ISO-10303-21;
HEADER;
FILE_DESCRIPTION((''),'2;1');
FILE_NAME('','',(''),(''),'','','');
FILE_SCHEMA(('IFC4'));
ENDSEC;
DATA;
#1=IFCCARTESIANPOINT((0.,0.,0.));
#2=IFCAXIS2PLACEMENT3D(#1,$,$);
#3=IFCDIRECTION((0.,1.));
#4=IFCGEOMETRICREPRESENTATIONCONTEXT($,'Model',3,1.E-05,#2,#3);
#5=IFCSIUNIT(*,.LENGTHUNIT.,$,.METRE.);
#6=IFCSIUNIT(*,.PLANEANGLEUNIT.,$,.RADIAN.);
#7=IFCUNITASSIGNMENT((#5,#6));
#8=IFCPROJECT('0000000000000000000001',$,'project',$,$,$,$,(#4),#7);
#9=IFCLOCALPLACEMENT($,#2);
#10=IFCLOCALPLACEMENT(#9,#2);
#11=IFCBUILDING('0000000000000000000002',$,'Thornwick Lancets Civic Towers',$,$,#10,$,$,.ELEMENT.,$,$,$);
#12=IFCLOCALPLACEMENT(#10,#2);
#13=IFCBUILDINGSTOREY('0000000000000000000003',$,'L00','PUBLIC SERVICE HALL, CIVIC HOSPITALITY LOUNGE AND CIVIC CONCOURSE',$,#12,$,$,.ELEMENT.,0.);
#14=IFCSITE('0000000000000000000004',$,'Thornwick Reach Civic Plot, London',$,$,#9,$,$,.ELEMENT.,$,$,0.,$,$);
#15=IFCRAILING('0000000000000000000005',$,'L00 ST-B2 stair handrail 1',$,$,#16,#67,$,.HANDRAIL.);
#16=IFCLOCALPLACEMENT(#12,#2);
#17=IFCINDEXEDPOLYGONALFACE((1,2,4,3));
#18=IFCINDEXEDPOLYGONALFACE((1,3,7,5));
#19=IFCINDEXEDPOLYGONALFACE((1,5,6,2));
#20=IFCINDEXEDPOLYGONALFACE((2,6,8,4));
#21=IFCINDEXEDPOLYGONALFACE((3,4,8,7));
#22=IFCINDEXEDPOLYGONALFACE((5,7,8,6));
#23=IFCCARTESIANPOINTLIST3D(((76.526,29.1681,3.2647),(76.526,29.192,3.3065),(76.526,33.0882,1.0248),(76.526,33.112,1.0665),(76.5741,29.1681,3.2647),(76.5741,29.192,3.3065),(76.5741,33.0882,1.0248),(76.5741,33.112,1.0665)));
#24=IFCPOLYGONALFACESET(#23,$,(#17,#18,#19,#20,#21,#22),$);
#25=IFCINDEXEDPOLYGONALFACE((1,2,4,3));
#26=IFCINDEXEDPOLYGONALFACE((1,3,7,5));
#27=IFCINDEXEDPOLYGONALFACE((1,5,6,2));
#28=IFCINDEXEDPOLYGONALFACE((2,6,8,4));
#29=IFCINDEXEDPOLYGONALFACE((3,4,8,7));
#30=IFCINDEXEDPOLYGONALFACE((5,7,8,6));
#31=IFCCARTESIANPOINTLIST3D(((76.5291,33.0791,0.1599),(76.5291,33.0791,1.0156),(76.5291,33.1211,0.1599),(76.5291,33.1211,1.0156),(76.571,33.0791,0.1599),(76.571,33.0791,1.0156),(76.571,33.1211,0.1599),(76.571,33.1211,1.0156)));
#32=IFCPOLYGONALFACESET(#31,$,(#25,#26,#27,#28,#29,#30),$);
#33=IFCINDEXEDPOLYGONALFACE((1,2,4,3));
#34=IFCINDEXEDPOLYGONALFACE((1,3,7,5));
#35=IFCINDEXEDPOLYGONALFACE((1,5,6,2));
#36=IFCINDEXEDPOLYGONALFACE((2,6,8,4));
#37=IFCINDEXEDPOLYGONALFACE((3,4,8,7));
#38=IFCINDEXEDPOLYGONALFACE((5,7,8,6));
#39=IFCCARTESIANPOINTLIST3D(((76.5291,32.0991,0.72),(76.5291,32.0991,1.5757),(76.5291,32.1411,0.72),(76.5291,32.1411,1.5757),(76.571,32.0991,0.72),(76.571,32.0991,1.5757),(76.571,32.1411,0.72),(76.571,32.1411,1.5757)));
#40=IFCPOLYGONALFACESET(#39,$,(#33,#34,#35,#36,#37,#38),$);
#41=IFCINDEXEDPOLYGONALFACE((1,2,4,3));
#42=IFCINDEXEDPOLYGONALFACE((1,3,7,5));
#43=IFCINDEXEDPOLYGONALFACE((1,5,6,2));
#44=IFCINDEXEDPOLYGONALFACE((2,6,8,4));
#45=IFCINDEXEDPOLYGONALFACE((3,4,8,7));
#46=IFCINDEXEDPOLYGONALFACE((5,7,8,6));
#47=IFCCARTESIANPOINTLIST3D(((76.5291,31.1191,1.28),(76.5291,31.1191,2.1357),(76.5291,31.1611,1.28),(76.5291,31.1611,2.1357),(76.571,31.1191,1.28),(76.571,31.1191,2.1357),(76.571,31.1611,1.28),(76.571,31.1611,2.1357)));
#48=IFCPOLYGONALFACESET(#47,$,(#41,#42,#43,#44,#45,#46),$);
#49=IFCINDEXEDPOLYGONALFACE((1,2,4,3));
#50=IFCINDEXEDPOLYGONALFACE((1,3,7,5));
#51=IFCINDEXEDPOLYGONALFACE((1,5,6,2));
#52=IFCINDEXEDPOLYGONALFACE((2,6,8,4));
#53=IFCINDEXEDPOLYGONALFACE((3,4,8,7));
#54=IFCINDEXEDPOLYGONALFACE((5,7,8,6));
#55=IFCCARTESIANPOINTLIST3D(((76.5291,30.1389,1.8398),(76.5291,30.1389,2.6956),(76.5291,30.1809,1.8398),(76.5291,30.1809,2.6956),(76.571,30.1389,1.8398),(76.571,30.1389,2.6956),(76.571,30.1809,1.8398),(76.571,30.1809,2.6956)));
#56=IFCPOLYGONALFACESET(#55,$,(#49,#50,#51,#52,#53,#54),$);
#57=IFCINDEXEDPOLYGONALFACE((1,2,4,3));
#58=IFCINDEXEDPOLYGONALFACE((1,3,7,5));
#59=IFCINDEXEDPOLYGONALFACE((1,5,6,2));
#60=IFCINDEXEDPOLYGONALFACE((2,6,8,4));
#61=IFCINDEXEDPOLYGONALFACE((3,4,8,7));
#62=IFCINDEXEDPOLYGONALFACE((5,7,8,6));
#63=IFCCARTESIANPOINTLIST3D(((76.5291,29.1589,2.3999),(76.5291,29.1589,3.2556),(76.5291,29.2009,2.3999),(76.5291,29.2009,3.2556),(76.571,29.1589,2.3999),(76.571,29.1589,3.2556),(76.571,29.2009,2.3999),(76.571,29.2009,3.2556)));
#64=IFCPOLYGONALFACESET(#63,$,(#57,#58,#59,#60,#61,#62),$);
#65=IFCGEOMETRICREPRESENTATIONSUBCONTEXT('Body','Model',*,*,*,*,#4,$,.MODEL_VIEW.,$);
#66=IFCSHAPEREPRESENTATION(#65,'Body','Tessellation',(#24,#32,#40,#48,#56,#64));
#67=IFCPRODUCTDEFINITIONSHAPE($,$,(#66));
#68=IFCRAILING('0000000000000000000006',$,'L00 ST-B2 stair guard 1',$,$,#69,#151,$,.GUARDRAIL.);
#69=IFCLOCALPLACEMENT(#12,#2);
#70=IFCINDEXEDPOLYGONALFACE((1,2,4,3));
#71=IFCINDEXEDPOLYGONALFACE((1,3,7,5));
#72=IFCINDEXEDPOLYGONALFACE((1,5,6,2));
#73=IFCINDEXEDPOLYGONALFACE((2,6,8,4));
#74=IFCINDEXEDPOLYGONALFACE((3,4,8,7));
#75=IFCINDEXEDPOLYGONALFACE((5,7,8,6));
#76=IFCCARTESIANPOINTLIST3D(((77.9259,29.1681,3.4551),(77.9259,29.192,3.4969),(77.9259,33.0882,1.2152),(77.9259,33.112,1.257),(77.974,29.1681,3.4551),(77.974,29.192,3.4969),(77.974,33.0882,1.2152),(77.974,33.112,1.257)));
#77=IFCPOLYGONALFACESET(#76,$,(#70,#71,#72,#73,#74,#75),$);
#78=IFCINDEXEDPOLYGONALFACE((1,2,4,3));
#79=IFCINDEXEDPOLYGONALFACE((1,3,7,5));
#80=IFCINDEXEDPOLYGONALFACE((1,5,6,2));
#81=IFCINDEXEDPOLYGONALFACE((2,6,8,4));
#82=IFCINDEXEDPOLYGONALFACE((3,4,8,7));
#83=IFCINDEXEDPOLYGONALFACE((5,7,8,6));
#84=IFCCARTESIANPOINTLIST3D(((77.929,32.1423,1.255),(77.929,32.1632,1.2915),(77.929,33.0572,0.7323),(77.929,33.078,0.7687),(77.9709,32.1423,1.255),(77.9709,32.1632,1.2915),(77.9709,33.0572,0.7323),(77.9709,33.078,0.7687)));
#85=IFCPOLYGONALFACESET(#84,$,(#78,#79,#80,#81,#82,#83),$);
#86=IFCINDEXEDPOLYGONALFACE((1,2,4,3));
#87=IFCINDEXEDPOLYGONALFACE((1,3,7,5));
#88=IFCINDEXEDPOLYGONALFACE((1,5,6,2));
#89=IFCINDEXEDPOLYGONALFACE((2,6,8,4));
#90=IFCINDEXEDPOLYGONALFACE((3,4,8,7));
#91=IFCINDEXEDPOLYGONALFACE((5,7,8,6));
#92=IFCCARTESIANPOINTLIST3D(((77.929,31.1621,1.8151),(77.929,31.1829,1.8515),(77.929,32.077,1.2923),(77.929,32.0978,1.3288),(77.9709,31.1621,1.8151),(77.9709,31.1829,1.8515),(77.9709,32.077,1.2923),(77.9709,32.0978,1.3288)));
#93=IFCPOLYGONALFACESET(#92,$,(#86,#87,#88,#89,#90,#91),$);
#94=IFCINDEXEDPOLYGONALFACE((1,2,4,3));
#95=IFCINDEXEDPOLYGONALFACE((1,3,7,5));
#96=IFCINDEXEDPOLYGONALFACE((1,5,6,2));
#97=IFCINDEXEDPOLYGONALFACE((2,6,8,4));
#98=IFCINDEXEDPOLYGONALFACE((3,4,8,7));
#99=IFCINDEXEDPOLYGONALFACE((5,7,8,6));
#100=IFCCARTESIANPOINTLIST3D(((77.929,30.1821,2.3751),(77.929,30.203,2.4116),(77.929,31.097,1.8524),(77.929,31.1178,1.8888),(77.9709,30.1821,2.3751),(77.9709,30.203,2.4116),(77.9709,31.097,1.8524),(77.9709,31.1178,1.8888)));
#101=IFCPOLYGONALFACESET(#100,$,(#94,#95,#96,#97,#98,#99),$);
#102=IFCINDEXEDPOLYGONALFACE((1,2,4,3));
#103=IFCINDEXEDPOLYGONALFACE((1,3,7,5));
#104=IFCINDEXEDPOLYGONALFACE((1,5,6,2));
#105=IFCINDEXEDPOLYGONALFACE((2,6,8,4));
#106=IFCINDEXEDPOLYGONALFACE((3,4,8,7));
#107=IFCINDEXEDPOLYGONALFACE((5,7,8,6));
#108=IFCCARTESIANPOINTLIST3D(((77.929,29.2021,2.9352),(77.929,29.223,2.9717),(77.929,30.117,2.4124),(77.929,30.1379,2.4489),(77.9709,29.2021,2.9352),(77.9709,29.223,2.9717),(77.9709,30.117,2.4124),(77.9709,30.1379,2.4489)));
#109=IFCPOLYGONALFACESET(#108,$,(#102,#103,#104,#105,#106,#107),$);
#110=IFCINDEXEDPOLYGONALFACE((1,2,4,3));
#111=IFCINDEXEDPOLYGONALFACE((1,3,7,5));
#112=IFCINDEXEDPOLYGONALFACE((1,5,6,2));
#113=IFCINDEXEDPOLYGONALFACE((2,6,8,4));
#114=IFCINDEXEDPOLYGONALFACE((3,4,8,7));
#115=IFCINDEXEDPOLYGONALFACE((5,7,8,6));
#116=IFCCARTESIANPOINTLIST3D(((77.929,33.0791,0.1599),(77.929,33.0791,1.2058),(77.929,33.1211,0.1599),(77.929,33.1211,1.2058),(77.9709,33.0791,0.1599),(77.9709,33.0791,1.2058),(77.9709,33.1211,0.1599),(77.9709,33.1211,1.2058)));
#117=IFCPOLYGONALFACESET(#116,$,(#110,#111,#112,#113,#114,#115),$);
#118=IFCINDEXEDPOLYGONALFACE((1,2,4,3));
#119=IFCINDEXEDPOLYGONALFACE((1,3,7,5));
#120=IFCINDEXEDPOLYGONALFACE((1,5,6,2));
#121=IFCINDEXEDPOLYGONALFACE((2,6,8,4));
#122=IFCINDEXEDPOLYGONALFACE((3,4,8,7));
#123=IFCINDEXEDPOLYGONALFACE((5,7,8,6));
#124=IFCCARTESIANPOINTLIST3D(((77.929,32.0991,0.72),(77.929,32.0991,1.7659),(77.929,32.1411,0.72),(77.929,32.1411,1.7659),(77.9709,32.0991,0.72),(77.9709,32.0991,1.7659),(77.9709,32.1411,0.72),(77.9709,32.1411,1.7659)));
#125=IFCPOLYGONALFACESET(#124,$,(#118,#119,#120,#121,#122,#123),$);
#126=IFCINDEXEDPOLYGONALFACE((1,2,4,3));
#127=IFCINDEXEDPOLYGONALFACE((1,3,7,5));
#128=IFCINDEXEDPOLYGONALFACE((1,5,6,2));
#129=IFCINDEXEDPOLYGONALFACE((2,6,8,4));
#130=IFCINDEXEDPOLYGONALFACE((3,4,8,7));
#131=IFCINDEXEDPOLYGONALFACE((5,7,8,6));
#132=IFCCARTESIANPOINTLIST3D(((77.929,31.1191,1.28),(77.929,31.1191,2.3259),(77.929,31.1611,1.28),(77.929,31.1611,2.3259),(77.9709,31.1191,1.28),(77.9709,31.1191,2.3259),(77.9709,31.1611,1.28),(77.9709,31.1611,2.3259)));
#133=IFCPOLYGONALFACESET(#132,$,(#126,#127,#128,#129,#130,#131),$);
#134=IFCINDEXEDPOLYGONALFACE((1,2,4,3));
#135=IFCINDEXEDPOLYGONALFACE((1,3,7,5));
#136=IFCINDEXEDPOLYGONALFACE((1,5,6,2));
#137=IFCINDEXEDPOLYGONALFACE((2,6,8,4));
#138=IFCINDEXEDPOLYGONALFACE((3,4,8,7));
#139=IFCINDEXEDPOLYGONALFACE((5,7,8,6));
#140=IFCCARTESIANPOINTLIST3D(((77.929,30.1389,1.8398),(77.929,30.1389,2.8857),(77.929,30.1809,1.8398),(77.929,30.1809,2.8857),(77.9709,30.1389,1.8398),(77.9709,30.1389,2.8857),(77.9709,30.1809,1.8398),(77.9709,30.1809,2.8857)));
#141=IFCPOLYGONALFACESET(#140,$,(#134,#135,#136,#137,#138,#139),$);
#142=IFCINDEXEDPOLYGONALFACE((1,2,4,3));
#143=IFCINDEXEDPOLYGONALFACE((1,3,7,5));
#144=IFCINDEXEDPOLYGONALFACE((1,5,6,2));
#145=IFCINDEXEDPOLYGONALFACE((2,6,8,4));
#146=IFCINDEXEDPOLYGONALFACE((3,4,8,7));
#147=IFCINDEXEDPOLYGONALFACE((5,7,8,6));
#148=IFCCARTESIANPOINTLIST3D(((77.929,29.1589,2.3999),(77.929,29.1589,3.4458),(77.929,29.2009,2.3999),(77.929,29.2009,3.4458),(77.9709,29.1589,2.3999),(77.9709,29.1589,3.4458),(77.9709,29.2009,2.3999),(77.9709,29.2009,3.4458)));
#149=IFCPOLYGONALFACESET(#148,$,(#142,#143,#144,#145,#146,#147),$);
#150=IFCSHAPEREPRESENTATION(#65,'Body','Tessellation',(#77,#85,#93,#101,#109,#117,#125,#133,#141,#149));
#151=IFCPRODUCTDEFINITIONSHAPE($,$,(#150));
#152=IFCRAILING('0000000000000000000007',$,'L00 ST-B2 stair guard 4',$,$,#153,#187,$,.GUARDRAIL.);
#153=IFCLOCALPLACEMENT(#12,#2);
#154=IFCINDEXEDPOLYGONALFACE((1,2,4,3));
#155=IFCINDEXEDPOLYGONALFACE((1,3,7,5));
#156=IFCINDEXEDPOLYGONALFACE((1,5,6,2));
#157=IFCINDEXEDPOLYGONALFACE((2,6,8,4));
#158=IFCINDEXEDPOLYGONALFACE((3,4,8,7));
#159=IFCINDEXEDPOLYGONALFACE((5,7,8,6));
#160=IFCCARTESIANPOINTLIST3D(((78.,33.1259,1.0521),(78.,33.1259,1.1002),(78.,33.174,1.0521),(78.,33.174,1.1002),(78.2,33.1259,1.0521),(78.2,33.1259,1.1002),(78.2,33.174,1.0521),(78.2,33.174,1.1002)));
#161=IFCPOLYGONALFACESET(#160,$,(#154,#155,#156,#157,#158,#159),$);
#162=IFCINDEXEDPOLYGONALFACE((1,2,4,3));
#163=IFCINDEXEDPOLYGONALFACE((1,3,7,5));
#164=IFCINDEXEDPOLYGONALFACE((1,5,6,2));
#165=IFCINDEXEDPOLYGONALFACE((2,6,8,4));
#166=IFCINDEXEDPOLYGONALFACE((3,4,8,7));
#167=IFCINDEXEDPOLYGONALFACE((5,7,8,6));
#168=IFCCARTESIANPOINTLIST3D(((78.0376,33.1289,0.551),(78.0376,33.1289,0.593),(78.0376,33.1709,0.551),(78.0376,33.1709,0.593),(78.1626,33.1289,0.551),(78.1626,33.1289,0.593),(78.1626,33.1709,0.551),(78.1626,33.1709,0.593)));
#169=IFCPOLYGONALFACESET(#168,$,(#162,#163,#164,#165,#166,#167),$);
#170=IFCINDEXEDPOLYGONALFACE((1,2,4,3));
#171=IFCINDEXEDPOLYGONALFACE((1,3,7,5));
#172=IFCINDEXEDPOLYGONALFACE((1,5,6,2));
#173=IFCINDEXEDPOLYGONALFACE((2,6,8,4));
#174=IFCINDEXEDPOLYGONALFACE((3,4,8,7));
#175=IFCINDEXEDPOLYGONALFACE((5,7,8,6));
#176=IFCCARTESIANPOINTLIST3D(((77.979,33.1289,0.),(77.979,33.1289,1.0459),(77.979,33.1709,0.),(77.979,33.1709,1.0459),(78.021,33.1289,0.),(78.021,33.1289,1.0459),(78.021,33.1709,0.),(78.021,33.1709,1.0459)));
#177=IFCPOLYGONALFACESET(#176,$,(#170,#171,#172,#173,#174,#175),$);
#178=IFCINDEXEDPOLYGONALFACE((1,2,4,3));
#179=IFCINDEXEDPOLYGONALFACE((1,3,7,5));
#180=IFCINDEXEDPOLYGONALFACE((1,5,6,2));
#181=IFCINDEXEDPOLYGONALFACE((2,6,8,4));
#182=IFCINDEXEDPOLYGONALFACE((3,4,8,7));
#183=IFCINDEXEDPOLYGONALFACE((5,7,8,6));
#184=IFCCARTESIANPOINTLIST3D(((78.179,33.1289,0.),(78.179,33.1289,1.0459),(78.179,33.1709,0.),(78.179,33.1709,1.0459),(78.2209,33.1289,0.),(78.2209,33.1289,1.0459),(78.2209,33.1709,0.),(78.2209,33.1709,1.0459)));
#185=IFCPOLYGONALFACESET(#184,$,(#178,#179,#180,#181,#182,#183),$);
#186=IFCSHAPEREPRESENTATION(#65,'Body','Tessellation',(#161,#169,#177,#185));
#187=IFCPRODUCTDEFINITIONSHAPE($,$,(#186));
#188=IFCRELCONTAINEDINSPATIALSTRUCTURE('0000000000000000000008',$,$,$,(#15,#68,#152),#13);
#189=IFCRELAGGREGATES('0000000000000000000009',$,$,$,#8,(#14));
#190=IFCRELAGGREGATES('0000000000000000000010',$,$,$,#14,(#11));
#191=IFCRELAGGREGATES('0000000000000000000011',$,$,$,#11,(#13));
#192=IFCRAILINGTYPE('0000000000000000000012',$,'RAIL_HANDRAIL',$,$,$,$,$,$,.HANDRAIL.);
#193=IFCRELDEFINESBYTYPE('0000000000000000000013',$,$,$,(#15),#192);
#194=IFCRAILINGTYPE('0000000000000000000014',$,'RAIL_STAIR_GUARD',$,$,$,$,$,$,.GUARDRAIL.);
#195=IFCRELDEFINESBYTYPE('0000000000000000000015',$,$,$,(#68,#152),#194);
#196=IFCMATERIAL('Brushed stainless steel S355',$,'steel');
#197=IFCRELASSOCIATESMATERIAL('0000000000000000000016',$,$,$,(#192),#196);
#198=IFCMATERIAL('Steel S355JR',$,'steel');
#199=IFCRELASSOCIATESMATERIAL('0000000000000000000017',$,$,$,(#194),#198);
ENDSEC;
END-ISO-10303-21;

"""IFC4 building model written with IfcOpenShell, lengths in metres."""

from ifc_helpers import new_model, si_unit, direction, frame, origin, origin_2d, place, context, subcontext, project, spatial, rectangle, extrude, material, type_object, element, save


model = new_model("IFC4")

# Units and contexts
model_context = context("Model", 3, precision=1e-05, world=origin(), true_north=direction((0.0, 1.0)))
body_context = subcontext(model_context, "Body", "Model", "MODEL_VIEW")
ifc_project = project(units=[si_unit("LENGTHUNIT", "METRE"), si_unit("PLANEANGLEUNIT", "RADIAN")], contexts=[model_context])

# Site, building, storey
site_placement = place(None, origin())
site = spatial("IfcSite", under=ifc_project, at=site_placement, Name="Thornwick Reach Civic Plot, London", CompositionType="ELEMENT", RefElevation=0.0)
building_placement = place(site_placement, origin())
building = spatial("IfcBuilding", under=site, at=building_placement, Name="Thornwick Lancets Civic Towers", CompositionType="ELEMENT")
storey_placement = place(building_placement, origin())
storey = spatial("IfcBuildingStorey", under=building, at=storey_placement, Name="L00", Description="PUBLIC SERVICE HALL, CIVIC HOSPITALITY LOUNGE AND CIVIC CONCOURSE", CompositionType="ELEMENT", Elevation=0.0)

# Shared definitions
ifc_material_1 = material(Name="Steel S355JR", Category="steel")

# Railings
ifc_material_2 = material(Name="Brushed stainless steel S355", Category="steel")
railing_type_1 = type_object("IfcRailingType", Name="RAIL_HANDRAIL", PredefinedType="HANDRAIL", material=ifc_material_2)
railing_1_placement = place(storey_placement, frame((76.55, 33.1001, 0.1599)))
element("IfcRailing", 1, at=railing_1_placement, inside=storey, type_object=railing_type_1, Name="L00 ST-B2 stair handrail 1", PredefinedType="HANDRAIL", context=body_context, shape_type="SweptSolid", body=[
    extrude(rectangle(XDim=0.0481, YDim=0.0481, at=origin_2d()), frame((0.0, 0.0, 0.8857), z_axis=(0.0, -0.868253, 0.496121), x_axis=(1.0, 0.0, 0.0)), (0.0, 0.0, 1.0), 4.5149),
    extrude(rectangle(XDim=0.042, YDim=0.042, at=origin_2d()), origin(), (0.0, 0.0, 1.0), 0.8557),
    extrude(rectangle(XDim=0.042, YDim=0.042, at=origin_2d()), frame((0.0, -0.98, 0.5601)), (0.0, 0.0, 1.0), 0.8557),
    extrude(rectangle(XDim=0.042, YDim=0.042, at=origin_2d()), frame((0.0, -1.96, 1.1201)), (0.0, 0.0, 1.0), 0.8557),
    extrude(rectangle(XDim=0.042, YDim=0.042, at=origin_2d()), frame((0.0, -2.9402, 1.6799)), (0.0, 0.0, 1.0), 0.8557),
    extrude(rectangle(XDim=0.042, YDim=0.042, at=origin_2d()), frame((0.0, -3.9202, 2.24)), (0.0, 0.0, 1.0), 0.8557),
])
railing_type_2 = type_object("IfcRailingType", Name="RAIL_STAIR_GUARD", PredefinedType="GUARDRAIL", material=ifc_material_1)
railing_2_placement = place(storey_placement, frame((77.95, 33.1001, 0.1599)))
element("IfcRailing", 2, at=railing_2_placement, inside=storey, type_object=railing_type_2, Name="L00 ST-B2 stair guard 1", PredefinedType="GUARDRAIL", context=body_context, shape_type="SweptSolid", body=[
    extrude(rectangle(XDim=0.0481, YDim=0.0481, at=origin_2d()), frame((0.0, 0.0, 1.0762), z_axis=(0.0, -0.868253, 0.496121), x_axis=(1.0, 0.0, 0.0)), (0.0, 0.0, 1.0), 4.5149),
    extrude(rectangle(XDim=0.042, YDim=0.042, at=origin_2d()), frame((0.0, -0.0325, 0.5906), z_axis=(0.0, -0.868253, 0.496121), x_axis=(1.0, 0.0, 0.0)), (0.0, 0.0, 1.0), 1.0537),
    extrude(rectangle(XDim=0.042, YDim=0.042, at=origin_2d()), frame((0.0, -1.0127, 1.1506), z_axis=(0.0, -0.868253, 0.496121), x_axis=(1.0, 0.0, 0.0)), (0.0, 0.0, 1.0), 1.0537),
    extrude(rectangle(XDim=0.042, YDim=0.042, at=origin_2d()), frame((0.0, -1.9927, 1.7107), z_axis=(0.0, -0.868253, 0.496121), x_axis=(1.0, 0.0, 0.0)), (0.0, 0.0, 1.0), 1.0537),
    extrude(rectangle(XDim=0.042, YDim=0.042, at=origin_2d()), frame((0.0, -2.9727, 2.2708), z_axis=(0.0, -0.868253, 0.496121), x_axis=(1.0, 0.0, 0.0)), (0.0, 0.0, 1.0), 1.0537),
    extrude(rectangle(XDim=0.042, YDim=0.042, at=origin_2d()), origin(), (0.0, 0.0, 1.0), 1.0459),
    extrude(rectangle(XDim=0.042, YDim=0.042, at=origin_2d()), frame((0.0, -0.98, 0.5601)), (0.0, 0.0, 1.0), 1.0459),
    extrude(rectangle(XDim=0.042, YDim=0.042, at=origin_2d()), frame((0.0, -1.96, 1.1201)), (0.0, 0.0, 1.0), 1.0459),
    extrude(rectangle(XDim=0.042, YDim=0.042, at=origin_2d()), frame((0.0, -2.9402, 1.6799)), (0.0, 0.0, 1.0), 1.0459),
    extrude(rectangle(XDim=0.042, YDim=0.042, at=origin_2d()), frame((0.0, -3.9202, 2.24)), (0.0, 0.0, 1.0), 1.0459),
])
railing_3_placement = place(storey_placement, frame((78.0, 33.1499, 0.0)))
element("IfcRailing", 3, at=railing_3_placement, inside=storey, type_object=railing_type_2, Name="L00 ST-B2 stair guard 4", PredefinedType="GUARDRAIL", context=body_context, shape_type="SweptSolid", body=[
    extrude(rectangle(XDim=0.0481, YDim=0.0481, at=origin_2d()), frame((0.0, 0.0, 1.0762), z_axis=(1.0, 0.0, 0.0), x_axis=(0.0, 1.0, 0.0)), (0.0, 0.0, 1.0), 0.2),
    extrude(rectangle(XDim=0.042, YDim=0.042, at=origin_2d()), frame((0.0376, 0.0, 0.572), z_axis=(1.0, 0.0, 0.0), x_axis=(0.0, 1.0, 0.0)), (0.0, 0.0, 1.0), 0.125),
    extrude(rectangle(XDim=0.042, YDim=0.042, at=origin_2d()), origin(), (0.0, 0.0, 1.0), 1.0459),
    extrude(rectangle(XDim=0.042, YDim=0.042, at=origin_2d()), frame((0.2, 0.0, 0.0)), (0.0, 0.0, 1.0), 1.0459),
])

save(model, "model.ifc")
